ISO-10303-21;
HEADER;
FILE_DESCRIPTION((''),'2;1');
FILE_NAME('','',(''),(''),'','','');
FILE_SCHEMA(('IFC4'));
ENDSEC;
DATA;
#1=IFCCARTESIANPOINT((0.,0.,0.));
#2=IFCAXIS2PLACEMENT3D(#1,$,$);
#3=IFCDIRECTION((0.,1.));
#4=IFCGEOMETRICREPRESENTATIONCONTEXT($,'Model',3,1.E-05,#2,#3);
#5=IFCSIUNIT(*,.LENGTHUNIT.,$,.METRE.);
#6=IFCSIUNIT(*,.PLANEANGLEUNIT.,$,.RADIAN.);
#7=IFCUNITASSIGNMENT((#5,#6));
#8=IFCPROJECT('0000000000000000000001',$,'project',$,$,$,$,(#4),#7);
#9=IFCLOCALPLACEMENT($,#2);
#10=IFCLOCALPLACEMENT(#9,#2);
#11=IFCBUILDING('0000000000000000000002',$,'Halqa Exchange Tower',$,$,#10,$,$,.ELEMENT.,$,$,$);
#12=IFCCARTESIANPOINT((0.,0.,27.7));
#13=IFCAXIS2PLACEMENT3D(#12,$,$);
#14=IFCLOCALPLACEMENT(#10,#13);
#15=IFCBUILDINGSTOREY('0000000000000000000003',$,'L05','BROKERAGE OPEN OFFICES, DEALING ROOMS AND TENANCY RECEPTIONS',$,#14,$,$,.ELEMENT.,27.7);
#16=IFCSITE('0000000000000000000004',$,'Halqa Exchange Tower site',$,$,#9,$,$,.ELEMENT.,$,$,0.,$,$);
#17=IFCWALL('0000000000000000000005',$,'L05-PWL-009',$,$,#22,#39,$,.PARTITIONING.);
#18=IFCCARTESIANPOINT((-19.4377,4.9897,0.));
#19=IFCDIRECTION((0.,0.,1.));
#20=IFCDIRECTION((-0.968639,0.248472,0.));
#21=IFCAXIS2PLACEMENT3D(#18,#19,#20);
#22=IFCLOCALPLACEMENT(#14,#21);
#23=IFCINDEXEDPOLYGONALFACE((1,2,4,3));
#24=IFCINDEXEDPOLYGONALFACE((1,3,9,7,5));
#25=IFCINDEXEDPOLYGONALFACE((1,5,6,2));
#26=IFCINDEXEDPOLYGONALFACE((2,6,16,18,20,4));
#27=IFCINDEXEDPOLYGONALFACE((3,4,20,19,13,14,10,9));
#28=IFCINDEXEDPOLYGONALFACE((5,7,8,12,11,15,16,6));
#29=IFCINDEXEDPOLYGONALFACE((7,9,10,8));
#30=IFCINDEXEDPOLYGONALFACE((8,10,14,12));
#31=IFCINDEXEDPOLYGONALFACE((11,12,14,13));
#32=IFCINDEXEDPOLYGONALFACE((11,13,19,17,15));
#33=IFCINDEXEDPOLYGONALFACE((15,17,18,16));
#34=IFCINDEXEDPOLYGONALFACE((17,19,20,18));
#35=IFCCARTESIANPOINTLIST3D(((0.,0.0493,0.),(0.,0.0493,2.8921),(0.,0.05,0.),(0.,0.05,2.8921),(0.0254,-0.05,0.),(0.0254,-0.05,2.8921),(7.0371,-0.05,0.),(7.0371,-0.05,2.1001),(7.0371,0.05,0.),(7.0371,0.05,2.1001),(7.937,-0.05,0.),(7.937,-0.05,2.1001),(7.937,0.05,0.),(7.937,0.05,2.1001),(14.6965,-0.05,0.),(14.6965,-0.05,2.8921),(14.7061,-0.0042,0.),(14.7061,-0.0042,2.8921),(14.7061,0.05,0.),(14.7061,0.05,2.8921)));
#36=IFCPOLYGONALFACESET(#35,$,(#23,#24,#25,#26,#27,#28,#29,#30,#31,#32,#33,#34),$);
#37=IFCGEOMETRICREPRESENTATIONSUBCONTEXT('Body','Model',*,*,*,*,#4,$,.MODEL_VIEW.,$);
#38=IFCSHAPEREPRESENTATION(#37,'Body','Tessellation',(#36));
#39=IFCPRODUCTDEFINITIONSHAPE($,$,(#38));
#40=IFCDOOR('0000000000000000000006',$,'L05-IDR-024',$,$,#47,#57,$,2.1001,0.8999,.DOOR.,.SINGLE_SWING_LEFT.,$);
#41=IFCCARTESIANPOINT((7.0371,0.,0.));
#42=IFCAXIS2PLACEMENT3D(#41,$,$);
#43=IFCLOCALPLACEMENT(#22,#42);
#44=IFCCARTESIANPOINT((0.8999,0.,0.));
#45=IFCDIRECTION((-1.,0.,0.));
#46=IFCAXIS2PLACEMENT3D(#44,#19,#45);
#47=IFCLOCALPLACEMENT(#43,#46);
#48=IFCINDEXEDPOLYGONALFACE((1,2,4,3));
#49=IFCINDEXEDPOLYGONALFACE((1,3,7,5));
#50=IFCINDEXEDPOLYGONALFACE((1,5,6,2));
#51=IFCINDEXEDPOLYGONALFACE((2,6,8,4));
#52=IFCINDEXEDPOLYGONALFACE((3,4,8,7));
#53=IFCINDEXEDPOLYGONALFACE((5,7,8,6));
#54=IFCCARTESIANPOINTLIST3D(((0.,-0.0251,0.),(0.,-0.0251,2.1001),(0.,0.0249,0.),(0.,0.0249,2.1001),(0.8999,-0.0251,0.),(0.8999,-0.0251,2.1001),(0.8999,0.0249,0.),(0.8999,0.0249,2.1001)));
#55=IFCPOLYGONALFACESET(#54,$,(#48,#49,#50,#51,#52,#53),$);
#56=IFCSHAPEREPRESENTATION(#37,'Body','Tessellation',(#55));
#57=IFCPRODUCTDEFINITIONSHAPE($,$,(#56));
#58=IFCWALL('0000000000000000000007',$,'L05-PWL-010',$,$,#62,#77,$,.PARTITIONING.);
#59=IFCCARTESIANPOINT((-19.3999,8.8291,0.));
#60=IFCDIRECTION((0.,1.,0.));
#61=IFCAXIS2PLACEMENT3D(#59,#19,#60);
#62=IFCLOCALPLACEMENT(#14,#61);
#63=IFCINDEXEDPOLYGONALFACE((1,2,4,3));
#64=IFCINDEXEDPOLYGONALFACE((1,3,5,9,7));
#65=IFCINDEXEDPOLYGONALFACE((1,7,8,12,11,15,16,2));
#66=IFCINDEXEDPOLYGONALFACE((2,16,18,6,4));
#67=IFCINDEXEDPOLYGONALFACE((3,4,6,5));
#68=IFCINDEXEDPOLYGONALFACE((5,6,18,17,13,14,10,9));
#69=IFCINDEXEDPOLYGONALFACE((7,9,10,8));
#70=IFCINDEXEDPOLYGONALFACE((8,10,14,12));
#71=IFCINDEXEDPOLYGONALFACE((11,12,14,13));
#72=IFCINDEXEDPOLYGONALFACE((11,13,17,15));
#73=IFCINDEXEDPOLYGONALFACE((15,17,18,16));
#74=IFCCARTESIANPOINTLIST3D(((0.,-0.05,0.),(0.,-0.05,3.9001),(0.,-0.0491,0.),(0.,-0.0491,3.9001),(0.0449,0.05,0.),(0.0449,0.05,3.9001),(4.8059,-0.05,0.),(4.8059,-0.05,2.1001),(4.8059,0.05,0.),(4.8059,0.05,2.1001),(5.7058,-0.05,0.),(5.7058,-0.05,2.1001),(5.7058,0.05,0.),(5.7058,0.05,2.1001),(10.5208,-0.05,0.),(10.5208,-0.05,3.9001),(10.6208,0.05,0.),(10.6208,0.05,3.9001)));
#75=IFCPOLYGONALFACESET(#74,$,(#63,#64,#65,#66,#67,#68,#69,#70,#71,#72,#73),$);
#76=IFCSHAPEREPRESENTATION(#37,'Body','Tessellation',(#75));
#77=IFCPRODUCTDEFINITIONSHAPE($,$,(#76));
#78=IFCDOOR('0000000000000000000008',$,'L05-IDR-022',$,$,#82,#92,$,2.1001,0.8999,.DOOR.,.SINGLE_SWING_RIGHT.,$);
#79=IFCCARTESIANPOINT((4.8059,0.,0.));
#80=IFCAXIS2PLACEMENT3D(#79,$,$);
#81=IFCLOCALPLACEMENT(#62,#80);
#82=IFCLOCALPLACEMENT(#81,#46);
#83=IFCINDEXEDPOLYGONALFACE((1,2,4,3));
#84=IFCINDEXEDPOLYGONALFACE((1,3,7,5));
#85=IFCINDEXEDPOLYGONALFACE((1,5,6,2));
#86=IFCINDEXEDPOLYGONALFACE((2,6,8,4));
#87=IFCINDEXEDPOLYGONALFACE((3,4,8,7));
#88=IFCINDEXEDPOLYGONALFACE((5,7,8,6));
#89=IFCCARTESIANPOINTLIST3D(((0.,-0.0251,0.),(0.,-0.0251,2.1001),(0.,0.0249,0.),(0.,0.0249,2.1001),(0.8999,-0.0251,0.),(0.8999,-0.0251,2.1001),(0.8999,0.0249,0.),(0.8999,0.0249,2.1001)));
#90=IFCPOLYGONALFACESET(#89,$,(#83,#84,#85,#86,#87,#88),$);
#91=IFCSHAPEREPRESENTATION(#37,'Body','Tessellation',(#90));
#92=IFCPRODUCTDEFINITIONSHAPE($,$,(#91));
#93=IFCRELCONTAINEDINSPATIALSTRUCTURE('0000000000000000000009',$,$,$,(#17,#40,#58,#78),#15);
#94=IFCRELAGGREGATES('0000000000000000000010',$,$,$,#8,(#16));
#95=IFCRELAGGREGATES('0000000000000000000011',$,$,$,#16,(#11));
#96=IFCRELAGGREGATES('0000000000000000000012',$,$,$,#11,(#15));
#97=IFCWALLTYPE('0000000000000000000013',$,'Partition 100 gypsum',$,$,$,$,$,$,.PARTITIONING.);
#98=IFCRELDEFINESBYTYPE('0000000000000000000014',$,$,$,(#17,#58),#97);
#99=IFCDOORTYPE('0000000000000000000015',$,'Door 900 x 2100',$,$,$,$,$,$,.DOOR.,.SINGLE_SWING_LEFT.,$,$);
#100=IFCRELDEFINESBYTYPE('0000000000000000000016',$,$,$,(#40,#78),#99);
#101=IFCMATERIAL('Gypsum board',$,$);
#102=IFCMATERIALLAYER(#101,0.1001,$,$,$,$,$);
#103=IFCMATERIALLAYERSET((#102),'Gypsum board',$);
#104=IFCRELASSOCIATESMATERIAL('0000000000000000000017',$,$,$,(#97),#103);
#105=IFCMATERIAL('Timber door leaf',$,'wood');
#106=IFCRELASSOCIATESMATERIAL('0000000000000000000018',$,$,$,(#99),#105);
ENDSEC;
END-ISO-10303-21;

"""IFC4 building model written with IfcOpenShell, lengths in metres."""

from ifc_helpers import new_model, si_unit, direction, frame, frame_2d, origin, place, context, subcontext, project, spatial, polyline, rectangle, outline, extrude, material, layer, layer_set, type_object, element, fill, save


model = new_model("IFC4")

# Units and contexts
model_context = context("Model", 3, precision=1e-05, world=origin(), true_north=direction((0.0, 1.0)))
body_context = subcontext(model_context, "Body", "Model", "MODEL_VIEW")
ifc_project = project(units=[si_unit("LENGTHUNIT", "METRE"), si_unit("PLANEANGLEUNIT", "RADIAN")], contexts=[model_context])

# Site, building, storey
site_placement = place(None, origin())
site = spatial("IfcSite", under=ifc_project, at=site_placement, Name="Halqa Exchange Tower site", CompositionType="ELEMENT", RefElevation=0.0)
building_placement = place(site_placement, origin())
building = spatial("IfcBuilding", under=site, at=building_placement, Name="Halqa Exchange Tower", CompositionType="ELEMENT")
storey_placement = place(building_placement, frame((0.0, 0.0, 27.7)))
storey = spatial("IfcBuildingStorey", under=building, at=storey_placement, Name="L05", Description="BROKERAGE OPEN OFFICES, DEALING ROOMS AND TENANCY RECEPTIONS", CompositionType="ELEMENT", Elevation=27.7)

# Walls, openings, doors
ifc_material_1 = material(Name="Gypsum board")
ifc_layer_1 = layer(ifc_material_1, 0.1001)
ifc_layer_set_1 = layer_set([ifc_layer_1], Name="Gypsum board")
wall_type_1 = type_object("IfcWallType", Name="Partition 100 gypsum", PredefinedType="PARTITIONING", material=ifc_layer_set_1)
ifc_material_2 = material(Name="Timber door leaf", Category="wood")
door_type_1 = type_object("IfcDoorType", Name="Door 900 x 2100", OperationType="SINGLE_SWING_LEFT", PredefinedType="DOOR", material=ifc_material_2)
wall_1_placement = place(storey_placement, frame((-19.4377, 4.9897, 0.0), z_axis=(0.0, 0.0, 1.0), x_axis=(-0.968639, 0.248472, 0.0)))
wall_1 = element("IfcWall", 1, at=wall_1_placement, inside=storey, type_object=wall_type_1, Name="L05-PWL-009", PredefinedType="PARTITIONING", context=body_context, shape_type="SweptSolid", body=[
    extrude(outline(polyline([(0.0254, -0.05), (1.8594, -0.05), (3.6934, -0.05), (5.5271, -0.05), (7.3611, -0.05), (9.1948, -0.05), (11.0288, -0.05), (12.8625, -0.05), (14.6965, -0.05), (14.7061, -0.0042), (14.7061, 0.05), (12.8677, 0.05), (11.0295, 0.05), (9.1914, 0.05), (7.353, 0.05), (5.5146, 0.05), (3.6765, 0.05), (1.8384, 0.05), (0.0, 0.05), (0.0, 0.0493), (0.0254, -0.05)])), origin(), (0.0, 0.0, 1.0), 2.8921),
])
opening_1_placement = place(wall_1_placement, frame((7.0371, 0.0, 0.0)))
opening_1 = element("IfcOpeningElement", 2, at=opening_1_placement, cuts=wall_1, PredefinedType="OPENING", context=body_context, shape_type="SweptSolid", body=[
    extrude(rectangle(XDim=0.8999, YDim=2.1001, at=frame_2d((0.45, 1.05))), frame((0.0, 0.062, 0.0), z_axis=(0.0, -1.0, 0.0), x_axis=(1.0, 0.0, 0.0)), (0.0, 0.0, 1.0), 0.124),
])
door_1_placement = place(opening_1_placement, frame((0.8999, 0.0, 0.0), z_axis=(0.0, 0.0, 1.0), x_axis=(-1.0, 0.0, 0.0)))
door_1 = element("IfcDoor", 3, at=door_1_placement, inside=storey, type_object=door_type_1, Name="L05-IDR-024", OperationType="SINGLE_SWING_LEFT", OverallHeight=2.1001, OverallWidth=0.8999, PredefinedType="DOOR", context=body_context, shape_type="SweptSolid", body=[
    extrude(rectangle(XDim=0.8999, YDim=2.1001, at=frame_2d((0.45, 1.05))), frame((0.0, 0.0249, 0.0), z_axis=(0.0, -1.0, 0.0), x_axis=(1.0, 0.0, 0.0)), (0.0, 0.0, 1.0), 0.05),
])
fill(opening_1, door_1)
wall_2_placement = place(storey_placement, frame((-19.3999, 8.8291, 0.0), z_axis=(0.0, 0.0, 1.0), x_axis=(0.0, 1.0, 0.0)))
wall_2 = element("IfcWall", 4, at=wall_2_placement, inside=storey, type_object=wall_type_1, Name="L05-PWL-010", PredefinedType="PARTITIONING", context=body_context, shape_type="SweptSolid", body=[
    extrude(outline(polyline([(0.0, -0.05), (1.7534, -0.05), (3.5068, -0.05), (5.2603, -0.05), (7.0139, -0.05), (8.7673, -0.05), (10.5208, -0.05), (10.521, -0.0498), (10.6208, 0.05), (8.8582, 0.05), (7.0955, 0.05), (5.3328, 0.05), (3.5701, 0.05), (1.8076, 0.05), (0.0449, 0.05), (0.0, -0.0491), (0.0, -0.05)])), origin(), (0.0, 0.0, 1.0), 3.9001),
])
opening_2_placement = place(wall_2_placement, frame((4.8059, 0.0, 0.0)))
opening_2 = element("IfcOpeningElement", 5, at=opening_2_placement, cuts=wall_2, PredefinedType="OPENING", context=body_context, shape_type="SweptSolid", body=[
    extrude(rectangle(XDim=0.8999, YDim=2.1001, at=frame_2d((0.45, 1.05))), frame((0.0, 0.062, 0.0), z_axis=(0.0, -1.0, 0.0), x_axis=(1.0, 0.0, 0.0)), (0.0, 0.0, 1.0), 0.124),
])
door_2_placement = place(opening_2_placement, frame((0.8999, 0.0, 0.0), z_axis=(0.0, 0.0, 1.0), x_axis=(-1.0, 0.0, 0.0)))
door_2 = element("IfcDoor", 6, at=door_2_placement, inside=storey, type_object=door_type_1, Name="L05-IDR-022", OperationType="SINGLE_SWING_RIGHT", OverallHeight=2.1001, OverallWidth=0.8999, PredefinedType="DOOR", context=body_context, shape_type="SweptSolid", body=[
    extrude(rectangle(XDim=0.8999, YDim=2.1001, at=frame_2d((0.45, 1.05))), frame((0.0, 0.0249, 0.0), z_axis=(0.0, -1.0, 0.0), x_axis=(1.0, 0.0, 0.0)), (0.0, 0.0, 1.0), 0.05),
])
fill(opening_2, door_2)

save(model, "model.ifc")
